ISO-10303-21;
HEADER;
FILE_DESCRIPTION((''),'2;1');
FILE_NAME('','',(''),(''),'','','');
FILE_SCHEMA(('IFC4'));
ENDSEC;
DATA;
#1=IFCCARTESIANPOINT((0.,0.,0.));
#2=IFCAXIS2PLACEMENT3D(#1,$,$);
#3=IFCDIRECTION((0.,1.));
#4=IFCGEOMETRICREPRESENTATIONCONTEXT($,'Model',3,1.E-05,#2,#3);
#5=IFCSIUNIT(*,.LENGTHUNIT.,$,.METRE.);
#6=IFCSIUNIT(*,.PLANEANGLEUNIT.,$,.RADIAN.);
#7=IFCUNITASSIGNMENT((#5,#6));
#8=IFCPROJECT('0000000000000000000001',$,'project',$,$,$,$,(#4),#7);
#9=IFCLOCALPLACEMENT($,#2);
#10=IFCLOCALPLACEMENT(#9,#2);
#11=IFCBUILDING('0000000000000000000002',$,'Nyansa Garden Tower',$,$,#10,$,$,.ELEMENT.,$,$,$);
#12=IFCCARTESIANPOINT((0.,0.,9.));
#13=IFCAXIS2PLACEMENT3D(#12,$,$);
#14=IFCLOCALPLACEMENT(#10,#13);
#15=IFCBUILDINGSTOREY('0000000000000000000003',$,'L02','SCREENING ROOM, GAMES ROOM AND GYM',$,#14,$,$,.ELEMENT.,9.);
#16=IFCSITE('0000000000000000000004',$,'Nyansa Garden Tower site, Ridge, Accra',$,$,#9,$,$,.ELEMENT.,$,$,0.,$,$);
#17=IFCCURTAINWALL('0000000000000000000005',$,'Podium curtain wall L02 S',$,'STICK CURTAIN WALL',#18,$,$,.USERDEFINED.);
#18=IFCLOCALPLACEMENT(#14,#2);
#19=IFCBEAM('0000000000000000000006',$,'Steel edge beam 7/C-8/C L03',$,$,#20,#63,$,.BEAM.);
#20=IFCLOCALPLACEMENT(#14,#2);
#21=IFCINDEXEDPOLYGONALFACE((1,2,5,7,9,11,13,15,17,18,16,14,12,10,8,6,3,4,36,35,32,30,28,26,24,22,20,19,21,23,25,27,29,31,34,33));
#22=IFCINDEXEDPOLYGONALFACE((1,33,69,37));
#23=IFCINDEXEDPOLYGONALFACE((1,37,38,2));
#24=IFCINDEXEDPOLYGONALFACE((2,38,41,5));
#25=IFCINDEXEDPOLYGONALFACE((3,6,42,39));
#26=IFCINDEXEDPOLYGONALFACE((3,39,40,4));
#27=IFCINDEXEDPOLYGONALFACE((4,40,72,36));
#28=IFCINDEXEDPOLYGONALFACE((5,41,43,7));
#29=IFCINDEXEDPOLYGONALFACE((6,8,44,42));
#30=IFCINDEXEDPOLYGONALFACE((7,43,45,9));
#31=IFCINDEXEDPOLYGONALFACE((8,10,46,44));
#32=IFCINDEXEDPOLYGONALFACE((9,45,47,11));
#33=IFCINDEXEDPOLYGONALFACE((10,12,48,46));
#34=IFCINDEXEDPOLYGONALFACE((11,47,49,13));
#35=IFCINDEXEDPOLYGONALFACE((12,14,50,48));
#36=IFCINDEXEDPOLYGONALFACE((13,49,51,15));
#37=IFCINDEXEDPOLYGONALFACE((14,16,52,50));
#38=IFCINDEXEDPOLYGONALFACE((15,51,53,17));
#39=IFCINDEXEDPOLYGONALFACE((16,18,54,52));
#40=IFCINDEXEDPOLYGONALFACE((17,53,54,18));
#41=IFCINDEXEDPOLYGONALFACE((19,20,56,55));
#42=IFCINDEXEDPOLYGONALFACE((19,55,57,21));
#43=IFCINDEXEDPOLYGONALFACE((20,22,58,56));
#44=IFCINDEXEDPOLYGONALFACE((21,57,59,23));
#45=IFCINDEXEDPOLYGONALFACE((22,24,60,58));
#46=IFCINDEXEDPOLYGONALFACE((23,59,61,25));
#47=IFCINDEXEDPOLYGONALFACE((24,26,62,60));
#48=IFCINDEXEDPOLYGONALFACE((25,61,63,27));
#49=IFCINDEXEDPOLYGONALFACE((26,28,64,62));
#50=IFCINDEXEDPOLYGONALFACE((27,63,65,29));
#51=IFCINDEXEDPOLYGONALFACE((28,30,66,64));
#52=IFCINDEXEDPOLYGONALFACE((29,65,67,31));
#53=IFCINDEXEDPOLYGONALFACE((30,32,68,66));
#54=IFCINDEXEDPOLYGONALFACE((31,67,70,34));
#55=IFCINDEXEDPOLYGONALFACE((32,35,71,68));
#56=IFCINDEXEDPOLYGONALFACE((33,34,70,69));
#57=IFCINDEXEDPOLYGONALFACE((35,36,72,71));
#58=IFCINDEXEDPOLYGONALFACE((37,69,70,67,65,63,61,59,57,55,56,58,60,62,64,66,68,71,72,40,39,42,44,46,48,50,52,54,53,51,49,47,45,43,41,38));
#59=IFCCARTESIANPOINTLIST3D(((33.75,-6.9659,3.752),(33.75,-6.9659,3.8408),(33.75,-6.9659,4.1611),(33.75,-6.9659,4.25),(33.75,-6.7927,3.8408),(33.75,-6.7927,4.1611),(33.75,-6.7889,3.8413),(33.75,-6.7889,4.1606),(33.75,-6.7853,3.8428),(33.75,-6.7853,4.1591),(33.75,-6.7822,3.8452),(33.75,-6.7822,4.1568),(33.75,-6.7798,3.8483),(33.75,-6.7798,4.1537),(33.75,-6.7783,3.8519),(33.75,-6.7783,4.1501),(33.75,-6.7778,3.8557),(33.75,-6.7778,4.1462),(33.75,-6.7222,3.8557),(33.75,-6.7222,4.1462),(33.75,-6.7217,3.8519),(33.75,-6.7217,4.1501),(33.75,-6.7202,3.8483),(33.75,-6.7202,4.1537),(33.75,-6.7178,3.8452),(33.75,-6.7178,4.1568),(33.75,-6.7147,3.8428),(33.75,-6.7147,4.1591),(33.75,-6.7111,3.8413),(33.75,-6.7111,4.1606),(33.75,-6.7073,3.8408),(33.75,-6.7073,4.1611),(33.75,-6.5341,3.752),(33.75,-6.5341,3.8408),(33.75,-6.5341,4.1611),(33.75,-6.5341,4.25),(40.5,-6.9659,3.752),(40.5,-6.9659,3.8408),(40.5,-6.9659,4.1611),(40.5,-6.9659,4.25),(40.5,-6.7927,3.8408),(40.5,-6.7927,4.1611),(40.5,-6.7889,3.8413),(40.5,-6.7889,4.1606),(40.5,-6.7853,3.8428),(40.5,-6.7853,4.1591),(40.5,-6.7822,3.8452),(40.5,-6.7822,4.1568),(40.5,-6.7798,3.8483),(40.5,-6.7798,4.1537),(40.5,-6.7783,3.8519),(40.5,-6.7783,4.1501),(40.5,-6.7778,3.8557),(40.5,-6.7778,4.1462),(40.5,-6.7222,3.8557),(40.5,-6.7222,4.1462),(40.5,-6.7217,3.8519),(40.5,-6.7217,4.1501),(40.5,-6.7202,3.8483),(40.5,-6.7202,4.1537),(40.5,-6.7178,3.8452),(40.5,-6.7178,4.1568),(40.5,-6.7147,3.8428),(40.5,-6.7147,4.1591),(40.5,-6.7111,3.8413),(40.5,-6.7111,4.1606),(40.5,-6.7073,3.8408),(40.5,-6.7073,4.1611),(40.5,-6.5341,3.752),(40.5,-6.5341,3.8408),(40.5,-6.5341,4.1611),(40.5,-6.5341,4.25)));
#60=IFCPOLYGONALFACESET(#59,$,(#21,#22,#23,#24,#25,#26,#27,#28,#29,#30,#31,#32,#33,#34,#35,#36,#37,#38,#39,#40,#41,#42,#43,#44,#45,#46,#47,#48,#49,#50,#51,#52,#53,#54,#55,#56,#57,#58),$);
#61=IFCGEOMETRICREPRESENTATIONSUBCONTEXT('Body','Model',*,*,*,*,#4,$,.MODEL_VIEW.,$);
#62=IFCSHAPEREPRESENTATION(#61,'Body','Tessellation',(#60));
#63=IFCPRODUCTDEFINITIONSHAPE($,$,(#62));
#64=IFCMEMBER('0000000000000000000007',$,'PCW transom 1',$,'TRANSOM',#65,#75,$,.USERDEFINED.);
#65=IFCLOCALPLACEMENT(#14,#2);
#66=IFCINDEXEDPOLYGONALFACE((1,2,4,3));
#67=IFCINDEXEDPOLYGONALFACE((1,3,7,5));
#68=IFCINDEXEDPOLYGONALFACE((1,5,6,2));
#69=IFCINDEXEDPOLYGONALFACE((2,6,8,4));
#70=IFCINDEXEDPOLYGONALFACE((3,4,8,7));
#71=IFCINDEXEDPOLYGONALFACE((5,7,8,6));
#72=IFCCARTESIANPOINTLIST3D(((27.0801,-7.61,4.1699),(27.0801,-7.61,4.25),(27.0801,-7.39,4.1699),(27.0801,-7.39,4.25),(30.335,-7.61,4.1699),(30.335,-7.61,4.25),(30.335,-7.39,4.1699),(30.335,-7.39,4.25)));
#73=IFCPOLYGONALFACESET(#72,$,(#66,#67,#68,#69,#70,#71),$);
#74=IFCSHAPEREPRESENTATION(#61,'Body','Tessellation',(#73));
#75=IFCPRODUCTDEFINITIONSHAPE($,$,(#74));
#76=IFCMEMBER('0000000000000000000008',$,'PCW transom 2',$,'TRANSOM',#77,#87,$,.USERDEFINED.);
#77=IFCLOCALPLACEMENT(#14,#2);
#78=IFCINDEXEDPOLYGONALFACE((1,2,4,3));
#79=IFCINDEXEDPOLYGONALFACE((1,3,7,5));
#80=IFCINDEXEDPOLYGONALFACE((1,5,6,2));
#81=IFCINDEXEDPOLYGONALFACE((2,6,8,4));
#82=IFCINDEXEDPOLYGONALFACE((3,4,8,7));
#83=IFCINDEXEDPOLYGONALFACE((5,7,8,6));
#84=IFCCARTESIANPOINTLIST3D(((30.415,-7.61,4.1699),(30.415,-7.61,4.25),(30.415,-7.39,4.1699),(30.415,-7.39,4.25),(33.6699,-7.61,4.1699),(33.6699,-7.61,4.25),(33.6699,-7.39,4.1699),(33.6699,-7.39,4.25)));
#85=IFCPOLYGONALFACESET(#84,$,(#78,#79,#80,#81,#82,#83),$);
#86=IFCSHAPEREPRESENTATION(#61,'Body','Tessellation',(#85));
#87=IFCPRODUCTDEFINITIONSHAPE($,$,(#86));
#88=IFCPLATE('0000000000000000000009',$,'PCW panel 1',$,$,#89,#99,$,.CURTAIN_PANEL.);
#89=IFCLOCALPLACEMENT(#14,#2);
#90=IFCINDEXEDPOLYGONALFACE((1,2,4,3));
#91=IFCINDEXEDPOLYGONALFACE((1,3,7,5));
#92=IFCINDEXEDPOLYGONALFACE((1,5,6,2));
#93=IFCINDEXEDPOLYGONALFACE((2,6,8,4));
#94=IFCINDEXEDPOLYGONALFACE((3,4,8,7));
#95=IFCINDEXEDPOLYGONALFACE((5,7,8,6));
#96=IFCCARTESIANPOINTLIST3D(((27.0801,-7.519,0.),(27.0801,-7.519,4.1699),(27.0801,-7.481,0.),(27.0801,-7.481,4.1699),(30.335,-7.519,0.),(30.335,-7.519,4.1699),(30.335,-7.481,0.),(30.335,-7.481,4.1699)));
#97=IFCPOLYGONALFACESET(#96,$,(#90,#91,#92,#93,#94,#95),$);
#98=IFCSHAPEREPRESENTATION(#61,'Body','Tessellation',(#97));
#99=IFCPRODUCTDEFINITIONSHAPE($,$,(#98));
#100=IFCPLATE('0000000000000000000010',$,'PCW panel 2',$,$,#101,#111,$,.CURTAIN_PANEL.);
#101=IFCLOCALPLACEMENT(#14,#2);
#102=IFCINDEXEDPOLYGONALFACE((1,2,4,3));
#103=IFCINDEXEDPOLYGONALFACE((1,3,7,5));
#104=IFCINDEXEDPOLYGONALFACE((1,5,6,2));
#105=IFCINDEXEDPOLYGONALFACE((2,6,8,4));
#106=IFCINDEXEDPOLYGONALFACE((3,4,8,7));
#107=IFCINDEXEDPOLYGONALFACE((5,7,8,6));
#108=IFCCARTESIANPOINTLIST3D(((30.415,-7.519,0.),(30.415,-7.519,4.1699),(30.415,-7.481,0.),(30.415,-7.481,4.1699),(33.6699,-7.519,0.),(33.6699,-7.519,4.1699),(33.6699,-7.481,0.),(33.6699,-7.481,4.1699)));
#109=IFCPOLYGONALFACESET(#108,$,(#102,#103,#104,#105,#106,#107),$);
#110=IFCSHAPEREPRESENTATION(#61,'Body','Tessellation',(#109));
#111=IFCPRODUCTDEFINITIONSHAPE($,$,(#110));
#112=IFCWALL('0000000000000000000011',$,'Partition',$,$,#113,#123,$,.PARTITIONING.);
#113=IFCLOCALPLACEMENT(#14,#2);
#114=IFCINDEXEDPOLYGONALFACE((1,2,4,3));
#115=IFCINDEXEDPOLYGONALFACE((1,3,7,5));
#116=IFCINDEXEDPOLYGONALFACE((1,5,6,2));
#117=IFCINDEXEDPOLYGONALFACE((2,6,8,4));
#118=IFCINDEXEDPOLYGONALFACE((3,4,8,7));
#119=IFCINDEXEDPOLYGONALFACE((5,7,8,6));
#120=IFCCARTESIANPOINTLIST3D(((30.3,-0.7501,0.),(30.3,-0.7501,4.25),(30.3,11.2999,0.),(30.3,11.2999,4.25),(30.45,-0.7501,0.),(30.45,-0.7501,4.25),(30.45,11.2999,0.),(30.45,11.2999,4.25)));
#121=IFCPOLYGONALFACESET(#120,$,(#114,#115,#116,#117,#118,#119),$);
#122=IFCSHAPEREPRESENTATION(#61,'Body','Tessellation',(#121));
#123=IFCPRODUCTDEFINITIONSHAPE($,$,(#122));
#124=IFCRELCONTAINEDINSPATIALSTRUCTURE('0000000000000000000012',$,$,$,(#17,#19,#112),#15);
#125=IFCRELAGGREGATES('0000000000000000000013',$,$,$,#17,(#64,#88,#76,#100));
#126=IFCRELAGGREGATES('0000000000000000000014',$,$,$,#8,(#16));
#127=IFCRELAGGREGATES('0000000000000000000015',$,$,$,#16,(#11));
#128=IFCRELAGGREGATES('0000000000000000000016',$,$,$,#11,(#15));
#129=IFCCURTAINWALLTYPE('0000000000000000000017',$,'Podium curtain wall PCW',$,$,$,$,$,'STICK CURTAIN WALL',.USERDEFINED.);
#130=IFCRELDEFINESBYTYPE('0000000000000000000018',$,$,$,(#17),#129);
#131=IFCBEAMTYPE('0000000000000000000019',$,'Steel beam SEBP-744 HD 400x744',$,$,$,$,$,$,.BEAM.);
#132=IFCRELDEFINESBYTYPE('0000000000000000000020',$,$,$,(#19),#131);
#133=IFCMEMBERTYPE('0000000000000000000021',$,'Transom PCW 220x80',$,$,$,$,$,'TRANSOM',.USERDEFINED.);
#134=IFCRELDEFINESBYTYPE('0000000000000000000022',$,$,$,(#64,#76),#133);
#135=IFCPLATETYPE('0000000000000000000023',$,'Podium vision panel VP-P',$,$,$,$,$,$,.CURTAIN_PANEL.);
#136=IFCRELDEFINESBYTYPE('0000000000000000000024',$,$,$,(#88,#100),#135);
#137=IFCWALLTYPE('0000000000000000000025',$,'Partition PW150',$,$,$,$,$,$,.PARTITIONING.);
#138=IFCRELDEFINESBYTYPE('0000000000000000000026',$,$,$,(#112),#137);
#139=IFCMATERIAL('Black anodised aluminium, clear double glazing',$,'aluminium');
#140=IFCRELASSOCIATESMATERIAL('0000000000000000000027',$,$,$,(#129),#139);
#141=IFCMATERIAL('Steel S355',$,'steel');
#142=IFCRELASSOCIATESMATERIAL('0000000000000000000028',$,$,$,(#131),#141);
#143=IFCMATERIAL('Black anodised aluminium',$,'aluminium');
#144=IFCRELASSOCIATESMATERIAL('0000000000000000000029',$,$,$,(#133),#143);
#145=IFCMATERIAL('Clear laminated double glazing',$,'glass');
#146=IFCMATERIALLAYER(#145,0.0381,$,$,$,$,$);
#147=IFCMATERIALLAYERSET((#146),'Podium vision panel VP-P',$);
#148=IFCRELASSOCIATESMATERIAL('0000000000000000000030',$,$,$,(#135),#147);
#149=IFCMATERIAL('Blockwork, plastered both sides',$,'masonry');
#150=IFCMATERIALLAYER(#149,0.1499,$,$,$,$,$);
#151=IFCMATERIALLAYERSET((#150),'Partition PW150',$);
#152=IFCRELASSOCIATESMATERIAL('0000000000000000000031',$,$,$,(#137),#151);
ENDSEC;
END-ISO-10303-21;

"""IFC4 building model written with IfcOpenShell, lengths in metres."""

from ifc_helpers import new_model, si_unit, direction, frame, frame_2d, origin, origin_2d, place, context, subcontext, project, spatial, rectangle, i_section, extrude, material, layer, layer_set, material_profile, profile_set, type_object, element, aggregate, save


model = new_model("IFC4")

# Units and contexts
model_context = context("Model", 3, precision=1e-05, world=origin(), true_north=direction((0.0, 1.0)))
body_context = subcontext(model_context, "Body", "Model", "MODEL_VIEW")
ifc_project = project(units=[si_unit("LENGTHUNIT", "METRE"), si_unit("PLANEANGLEUNIT", "RADIAN")], contexts=[model_context])

# Site, building, storey
site_placement = place(None, origin())
site = spatial("IfcSite", under=ifc_project, at=site_placement, Name="Nyansa Garden Tower site, Ridge, Accra", CompositionType="ELEMENT", RefElevation=0.0)
building_placement = place(site_placement, origin())
building = spatial("IfcBuilding", under=site, at=building_placement, Name="Nyansa Garden Tower", CompositionType="ELEMENT")
storey_placement = place(building_placement, frame((0.0, 0.0, 9.0)))
storey = spatial("IfcBuildingStorey", under=building, at=storey_placement, Name="L02", Description="SCREENING ROOM, GAMES ROOM AND GYM", CompositionType="ELEMENT", Elevation=9.0)

# Shared definitions
ifc_material_1 = material(Name="Black anodised aluminium, clear double glazing", Category="aluminium")
curtain_wall_type = type_object("IfcCurtainWallType", Name="Podium curtain wall PCW", ElementType="STICK CURTAIN WALL", PredefinedType="USERDEFINED", material=ifc_material_1)

# Curtain wall
curtain_wall_1_placement = place(storey_placement, origin())
curtain_wall_1 = element("IfcCurtainWall", 1, at=curtain_wall_1_placement, inside=storey, type_object=curtain_wall_type, Name="Podium curtain wall L02 S", ObjectType="STICK CURTAIN WALL", PredefinedType="USERDEFINED")

# Beam
ifc_material_2 = material(Name="Steel S355", Category="steel")
ifc_material_profile_1 = material_profile(ifc_material_2, i_section(OverallWidth=0.4319, OverallDepth=0.498, WebThickness=0.0557, FlangeThickness=0.0889, FilletRadius=0.0149, at=origin_2d()), Name="HD 400x744")
ifc_profile_set_1 = profile_set([ifc_material_profile_1], Name="Steel S355")
beam_type_1 = type_object("IfcBeamType", Name="Steel beam SEBP-744 HD 400x744", PredefinedType="BEAM", material=ifc_profile_set_1)
for number, where, z_axis, x_axis, name in (
    (2, (33.75, -6.75, 4.001), (1.0, 0.0, 0.0), (0.0, 1.0, 0.0), "Steel edge beam 7/C-8/C L03"),
):
    element("IfcBeam", number, at=place(storey_placement, frame(where, z_axis=z_axis, x_axis=x_axis)), inside=storey, type_object=beam_type_1, Name=name, PredefinedType="BEAM", context=body_context, shape_type="SweptSolid", body=[
        extrude(i_section(OverallWidth=0.4319, OverallDepth=0.498, WebThickness=0.0557, FlangeThickness=0.0889, FilletRadius=0.0149, at=origin_2d()), origin(), (0.0, 0.0, 1.0), 6.75),
    ])

# Members
ifc_material_3 = material(Name="Black anodised aluminium", Category="aluminium")
ifc_material_profile_2 = material_profile(ifc_material_3, rectangle(XDim=0.22, YDim=0.0801, at=origin_2d()), Name="Transom 220x80")
ifc_profile_set_2 = profile_set([ifc_material_profile_2], Name="Black anodised aluminium")
member_type_1 = type_object("IfcMemberType", Name="Transom PCW 220x80", ElementType="TRANSOM", PredefinedType="USERDEFINED", material=ifc_profile_set_2)
member_1_placement = place(storey_placement, frame((27.0801, -7.5, 4.21), z_axis=(1.0, 0.0, 0.0), x_axis=(0.0, 1.0, 0.0)))
member_1 = element("IfcMember", 3, at=member_1_placement, type_object=member_type_1, Name="PCW transom 1", ObjectType="TRANSOM", PredefinedType="USERDEFINED", context=body_context, shape_type="SweptSolid", body=[
    extrude(rectangle(XDim=0.22, YDim=0.0801, at=origin_2d()), origin(), (0.0, 0.0, 1.0), 3.2549),
])
member_2_placement = place(storey_placement, frame((30.415, -7.5, 4.21), z_axis=(1.0, 0.0, 0.0), x_axis=(0.0, 1.0, 0.0)))
member_2 = element("IfcMember", 4, at=member_2_placement, type_object=member_type_1, Name="PCW transom 2", ObjectType="TRANSOM", PredefinedType="USERDEFINED", context=body_context, shape_type="SweptSolid", body=[
    extrude(rectangle(XDim=0.22, YDim=0.0801, at=origin_2d()), origin(), (0.0, 0.0, 1.0), 3.2549),
])

# Plates
ifc_material_4 = material(Name="Clear laminated double glazing", Category="glass")
ifc_layer_1 = layer(ifc_material_4, 0.0381)
ifc_layer_set_1 = layer_set([ifc_layer_1], Name="Podium vision panel VP-P")
plate_type = type_object("IfcPlateType", Name="Podium vision panel VP-P", PredefinedType="CURTAIN_PANEL", material=ifc_layer_set_1)
plate_1_placement = place(storey_placement, frame((28.7075, -7.5, 0.0), z_axis=(0.0, 0.0, 1.0), x_axis=(1.0, 0.0, 0.0)))
plate_1 = element("IfcPlate", 5, at=plate_1_placement, type_object=plate_type, Name="PCW panel 1", PredefinedType="CURTAIN_PANEL", context=body_context, shape_type="SweptSolid", body=[
    extrude(rectangle(XDim=3.2549, YDim=0.0381, at=origin_2d()), origin(), (0.0, 0.0, 1.0), 4.1699),
])
plate_2_placement = place(storey_placement, frame((32.0425, -7.5, 0.0), z_axis=(0.0, 0.0, 1.0), x_axis=(1.0, 0.0, 0.0)))
plate_2 = element("IfcPlate", 6, at=plate_2_placement, type_object=plate_type, Name="PCW panel 2", PredefinedType="CURTAIN_PANEL", context=body_context, shape_type="SweptSolid", body=[
    extrude(rectangle(XDim=3.2549, YDim=0.0381, at=origin_2d()), origin(), (0.0, 0.0, 1.0), 4.1699),
])
aggregate(curtain_wall_1, [member_1, plate_1, member_2, plate_2])

# Wall
ifc_material_5 = material(Name="Blockwork, plastered both sides", Category="masonry")
ifc_layer_2 = layer(ifc_material_5, 0.1499)
ifc_layer_set_2 = layer_set([ifc_layer_2], Name="Partition PW150")
wall_type_1 = type_object("IfcWallType", Name="Partition PW150", PredefinedType="PARTITIONING", material=ifc_layer_set_2)
wall_1_placement = place(storey_placement, frame((30.375, -0.75, 0.0), z_axis=(0.0, 0.0, 1.0), x_axis=(0.0, 1.0, 0.0)))
element("IfcWall", 7, at=wall_1_placement, inside=storey, type_object=wall_type_1, Name="Partition", PredefinedType="PARTITIONING", context=body_context, shape_type="SweptSolid", body=[
    extrude(rectangle(XDim=12.05, YDim=0.1499, at=frame_2d((6.0249, 0.0))), origin(), (0.0, 0.0, 1.0), 4.25),
])

save(model, "model.ifc")
